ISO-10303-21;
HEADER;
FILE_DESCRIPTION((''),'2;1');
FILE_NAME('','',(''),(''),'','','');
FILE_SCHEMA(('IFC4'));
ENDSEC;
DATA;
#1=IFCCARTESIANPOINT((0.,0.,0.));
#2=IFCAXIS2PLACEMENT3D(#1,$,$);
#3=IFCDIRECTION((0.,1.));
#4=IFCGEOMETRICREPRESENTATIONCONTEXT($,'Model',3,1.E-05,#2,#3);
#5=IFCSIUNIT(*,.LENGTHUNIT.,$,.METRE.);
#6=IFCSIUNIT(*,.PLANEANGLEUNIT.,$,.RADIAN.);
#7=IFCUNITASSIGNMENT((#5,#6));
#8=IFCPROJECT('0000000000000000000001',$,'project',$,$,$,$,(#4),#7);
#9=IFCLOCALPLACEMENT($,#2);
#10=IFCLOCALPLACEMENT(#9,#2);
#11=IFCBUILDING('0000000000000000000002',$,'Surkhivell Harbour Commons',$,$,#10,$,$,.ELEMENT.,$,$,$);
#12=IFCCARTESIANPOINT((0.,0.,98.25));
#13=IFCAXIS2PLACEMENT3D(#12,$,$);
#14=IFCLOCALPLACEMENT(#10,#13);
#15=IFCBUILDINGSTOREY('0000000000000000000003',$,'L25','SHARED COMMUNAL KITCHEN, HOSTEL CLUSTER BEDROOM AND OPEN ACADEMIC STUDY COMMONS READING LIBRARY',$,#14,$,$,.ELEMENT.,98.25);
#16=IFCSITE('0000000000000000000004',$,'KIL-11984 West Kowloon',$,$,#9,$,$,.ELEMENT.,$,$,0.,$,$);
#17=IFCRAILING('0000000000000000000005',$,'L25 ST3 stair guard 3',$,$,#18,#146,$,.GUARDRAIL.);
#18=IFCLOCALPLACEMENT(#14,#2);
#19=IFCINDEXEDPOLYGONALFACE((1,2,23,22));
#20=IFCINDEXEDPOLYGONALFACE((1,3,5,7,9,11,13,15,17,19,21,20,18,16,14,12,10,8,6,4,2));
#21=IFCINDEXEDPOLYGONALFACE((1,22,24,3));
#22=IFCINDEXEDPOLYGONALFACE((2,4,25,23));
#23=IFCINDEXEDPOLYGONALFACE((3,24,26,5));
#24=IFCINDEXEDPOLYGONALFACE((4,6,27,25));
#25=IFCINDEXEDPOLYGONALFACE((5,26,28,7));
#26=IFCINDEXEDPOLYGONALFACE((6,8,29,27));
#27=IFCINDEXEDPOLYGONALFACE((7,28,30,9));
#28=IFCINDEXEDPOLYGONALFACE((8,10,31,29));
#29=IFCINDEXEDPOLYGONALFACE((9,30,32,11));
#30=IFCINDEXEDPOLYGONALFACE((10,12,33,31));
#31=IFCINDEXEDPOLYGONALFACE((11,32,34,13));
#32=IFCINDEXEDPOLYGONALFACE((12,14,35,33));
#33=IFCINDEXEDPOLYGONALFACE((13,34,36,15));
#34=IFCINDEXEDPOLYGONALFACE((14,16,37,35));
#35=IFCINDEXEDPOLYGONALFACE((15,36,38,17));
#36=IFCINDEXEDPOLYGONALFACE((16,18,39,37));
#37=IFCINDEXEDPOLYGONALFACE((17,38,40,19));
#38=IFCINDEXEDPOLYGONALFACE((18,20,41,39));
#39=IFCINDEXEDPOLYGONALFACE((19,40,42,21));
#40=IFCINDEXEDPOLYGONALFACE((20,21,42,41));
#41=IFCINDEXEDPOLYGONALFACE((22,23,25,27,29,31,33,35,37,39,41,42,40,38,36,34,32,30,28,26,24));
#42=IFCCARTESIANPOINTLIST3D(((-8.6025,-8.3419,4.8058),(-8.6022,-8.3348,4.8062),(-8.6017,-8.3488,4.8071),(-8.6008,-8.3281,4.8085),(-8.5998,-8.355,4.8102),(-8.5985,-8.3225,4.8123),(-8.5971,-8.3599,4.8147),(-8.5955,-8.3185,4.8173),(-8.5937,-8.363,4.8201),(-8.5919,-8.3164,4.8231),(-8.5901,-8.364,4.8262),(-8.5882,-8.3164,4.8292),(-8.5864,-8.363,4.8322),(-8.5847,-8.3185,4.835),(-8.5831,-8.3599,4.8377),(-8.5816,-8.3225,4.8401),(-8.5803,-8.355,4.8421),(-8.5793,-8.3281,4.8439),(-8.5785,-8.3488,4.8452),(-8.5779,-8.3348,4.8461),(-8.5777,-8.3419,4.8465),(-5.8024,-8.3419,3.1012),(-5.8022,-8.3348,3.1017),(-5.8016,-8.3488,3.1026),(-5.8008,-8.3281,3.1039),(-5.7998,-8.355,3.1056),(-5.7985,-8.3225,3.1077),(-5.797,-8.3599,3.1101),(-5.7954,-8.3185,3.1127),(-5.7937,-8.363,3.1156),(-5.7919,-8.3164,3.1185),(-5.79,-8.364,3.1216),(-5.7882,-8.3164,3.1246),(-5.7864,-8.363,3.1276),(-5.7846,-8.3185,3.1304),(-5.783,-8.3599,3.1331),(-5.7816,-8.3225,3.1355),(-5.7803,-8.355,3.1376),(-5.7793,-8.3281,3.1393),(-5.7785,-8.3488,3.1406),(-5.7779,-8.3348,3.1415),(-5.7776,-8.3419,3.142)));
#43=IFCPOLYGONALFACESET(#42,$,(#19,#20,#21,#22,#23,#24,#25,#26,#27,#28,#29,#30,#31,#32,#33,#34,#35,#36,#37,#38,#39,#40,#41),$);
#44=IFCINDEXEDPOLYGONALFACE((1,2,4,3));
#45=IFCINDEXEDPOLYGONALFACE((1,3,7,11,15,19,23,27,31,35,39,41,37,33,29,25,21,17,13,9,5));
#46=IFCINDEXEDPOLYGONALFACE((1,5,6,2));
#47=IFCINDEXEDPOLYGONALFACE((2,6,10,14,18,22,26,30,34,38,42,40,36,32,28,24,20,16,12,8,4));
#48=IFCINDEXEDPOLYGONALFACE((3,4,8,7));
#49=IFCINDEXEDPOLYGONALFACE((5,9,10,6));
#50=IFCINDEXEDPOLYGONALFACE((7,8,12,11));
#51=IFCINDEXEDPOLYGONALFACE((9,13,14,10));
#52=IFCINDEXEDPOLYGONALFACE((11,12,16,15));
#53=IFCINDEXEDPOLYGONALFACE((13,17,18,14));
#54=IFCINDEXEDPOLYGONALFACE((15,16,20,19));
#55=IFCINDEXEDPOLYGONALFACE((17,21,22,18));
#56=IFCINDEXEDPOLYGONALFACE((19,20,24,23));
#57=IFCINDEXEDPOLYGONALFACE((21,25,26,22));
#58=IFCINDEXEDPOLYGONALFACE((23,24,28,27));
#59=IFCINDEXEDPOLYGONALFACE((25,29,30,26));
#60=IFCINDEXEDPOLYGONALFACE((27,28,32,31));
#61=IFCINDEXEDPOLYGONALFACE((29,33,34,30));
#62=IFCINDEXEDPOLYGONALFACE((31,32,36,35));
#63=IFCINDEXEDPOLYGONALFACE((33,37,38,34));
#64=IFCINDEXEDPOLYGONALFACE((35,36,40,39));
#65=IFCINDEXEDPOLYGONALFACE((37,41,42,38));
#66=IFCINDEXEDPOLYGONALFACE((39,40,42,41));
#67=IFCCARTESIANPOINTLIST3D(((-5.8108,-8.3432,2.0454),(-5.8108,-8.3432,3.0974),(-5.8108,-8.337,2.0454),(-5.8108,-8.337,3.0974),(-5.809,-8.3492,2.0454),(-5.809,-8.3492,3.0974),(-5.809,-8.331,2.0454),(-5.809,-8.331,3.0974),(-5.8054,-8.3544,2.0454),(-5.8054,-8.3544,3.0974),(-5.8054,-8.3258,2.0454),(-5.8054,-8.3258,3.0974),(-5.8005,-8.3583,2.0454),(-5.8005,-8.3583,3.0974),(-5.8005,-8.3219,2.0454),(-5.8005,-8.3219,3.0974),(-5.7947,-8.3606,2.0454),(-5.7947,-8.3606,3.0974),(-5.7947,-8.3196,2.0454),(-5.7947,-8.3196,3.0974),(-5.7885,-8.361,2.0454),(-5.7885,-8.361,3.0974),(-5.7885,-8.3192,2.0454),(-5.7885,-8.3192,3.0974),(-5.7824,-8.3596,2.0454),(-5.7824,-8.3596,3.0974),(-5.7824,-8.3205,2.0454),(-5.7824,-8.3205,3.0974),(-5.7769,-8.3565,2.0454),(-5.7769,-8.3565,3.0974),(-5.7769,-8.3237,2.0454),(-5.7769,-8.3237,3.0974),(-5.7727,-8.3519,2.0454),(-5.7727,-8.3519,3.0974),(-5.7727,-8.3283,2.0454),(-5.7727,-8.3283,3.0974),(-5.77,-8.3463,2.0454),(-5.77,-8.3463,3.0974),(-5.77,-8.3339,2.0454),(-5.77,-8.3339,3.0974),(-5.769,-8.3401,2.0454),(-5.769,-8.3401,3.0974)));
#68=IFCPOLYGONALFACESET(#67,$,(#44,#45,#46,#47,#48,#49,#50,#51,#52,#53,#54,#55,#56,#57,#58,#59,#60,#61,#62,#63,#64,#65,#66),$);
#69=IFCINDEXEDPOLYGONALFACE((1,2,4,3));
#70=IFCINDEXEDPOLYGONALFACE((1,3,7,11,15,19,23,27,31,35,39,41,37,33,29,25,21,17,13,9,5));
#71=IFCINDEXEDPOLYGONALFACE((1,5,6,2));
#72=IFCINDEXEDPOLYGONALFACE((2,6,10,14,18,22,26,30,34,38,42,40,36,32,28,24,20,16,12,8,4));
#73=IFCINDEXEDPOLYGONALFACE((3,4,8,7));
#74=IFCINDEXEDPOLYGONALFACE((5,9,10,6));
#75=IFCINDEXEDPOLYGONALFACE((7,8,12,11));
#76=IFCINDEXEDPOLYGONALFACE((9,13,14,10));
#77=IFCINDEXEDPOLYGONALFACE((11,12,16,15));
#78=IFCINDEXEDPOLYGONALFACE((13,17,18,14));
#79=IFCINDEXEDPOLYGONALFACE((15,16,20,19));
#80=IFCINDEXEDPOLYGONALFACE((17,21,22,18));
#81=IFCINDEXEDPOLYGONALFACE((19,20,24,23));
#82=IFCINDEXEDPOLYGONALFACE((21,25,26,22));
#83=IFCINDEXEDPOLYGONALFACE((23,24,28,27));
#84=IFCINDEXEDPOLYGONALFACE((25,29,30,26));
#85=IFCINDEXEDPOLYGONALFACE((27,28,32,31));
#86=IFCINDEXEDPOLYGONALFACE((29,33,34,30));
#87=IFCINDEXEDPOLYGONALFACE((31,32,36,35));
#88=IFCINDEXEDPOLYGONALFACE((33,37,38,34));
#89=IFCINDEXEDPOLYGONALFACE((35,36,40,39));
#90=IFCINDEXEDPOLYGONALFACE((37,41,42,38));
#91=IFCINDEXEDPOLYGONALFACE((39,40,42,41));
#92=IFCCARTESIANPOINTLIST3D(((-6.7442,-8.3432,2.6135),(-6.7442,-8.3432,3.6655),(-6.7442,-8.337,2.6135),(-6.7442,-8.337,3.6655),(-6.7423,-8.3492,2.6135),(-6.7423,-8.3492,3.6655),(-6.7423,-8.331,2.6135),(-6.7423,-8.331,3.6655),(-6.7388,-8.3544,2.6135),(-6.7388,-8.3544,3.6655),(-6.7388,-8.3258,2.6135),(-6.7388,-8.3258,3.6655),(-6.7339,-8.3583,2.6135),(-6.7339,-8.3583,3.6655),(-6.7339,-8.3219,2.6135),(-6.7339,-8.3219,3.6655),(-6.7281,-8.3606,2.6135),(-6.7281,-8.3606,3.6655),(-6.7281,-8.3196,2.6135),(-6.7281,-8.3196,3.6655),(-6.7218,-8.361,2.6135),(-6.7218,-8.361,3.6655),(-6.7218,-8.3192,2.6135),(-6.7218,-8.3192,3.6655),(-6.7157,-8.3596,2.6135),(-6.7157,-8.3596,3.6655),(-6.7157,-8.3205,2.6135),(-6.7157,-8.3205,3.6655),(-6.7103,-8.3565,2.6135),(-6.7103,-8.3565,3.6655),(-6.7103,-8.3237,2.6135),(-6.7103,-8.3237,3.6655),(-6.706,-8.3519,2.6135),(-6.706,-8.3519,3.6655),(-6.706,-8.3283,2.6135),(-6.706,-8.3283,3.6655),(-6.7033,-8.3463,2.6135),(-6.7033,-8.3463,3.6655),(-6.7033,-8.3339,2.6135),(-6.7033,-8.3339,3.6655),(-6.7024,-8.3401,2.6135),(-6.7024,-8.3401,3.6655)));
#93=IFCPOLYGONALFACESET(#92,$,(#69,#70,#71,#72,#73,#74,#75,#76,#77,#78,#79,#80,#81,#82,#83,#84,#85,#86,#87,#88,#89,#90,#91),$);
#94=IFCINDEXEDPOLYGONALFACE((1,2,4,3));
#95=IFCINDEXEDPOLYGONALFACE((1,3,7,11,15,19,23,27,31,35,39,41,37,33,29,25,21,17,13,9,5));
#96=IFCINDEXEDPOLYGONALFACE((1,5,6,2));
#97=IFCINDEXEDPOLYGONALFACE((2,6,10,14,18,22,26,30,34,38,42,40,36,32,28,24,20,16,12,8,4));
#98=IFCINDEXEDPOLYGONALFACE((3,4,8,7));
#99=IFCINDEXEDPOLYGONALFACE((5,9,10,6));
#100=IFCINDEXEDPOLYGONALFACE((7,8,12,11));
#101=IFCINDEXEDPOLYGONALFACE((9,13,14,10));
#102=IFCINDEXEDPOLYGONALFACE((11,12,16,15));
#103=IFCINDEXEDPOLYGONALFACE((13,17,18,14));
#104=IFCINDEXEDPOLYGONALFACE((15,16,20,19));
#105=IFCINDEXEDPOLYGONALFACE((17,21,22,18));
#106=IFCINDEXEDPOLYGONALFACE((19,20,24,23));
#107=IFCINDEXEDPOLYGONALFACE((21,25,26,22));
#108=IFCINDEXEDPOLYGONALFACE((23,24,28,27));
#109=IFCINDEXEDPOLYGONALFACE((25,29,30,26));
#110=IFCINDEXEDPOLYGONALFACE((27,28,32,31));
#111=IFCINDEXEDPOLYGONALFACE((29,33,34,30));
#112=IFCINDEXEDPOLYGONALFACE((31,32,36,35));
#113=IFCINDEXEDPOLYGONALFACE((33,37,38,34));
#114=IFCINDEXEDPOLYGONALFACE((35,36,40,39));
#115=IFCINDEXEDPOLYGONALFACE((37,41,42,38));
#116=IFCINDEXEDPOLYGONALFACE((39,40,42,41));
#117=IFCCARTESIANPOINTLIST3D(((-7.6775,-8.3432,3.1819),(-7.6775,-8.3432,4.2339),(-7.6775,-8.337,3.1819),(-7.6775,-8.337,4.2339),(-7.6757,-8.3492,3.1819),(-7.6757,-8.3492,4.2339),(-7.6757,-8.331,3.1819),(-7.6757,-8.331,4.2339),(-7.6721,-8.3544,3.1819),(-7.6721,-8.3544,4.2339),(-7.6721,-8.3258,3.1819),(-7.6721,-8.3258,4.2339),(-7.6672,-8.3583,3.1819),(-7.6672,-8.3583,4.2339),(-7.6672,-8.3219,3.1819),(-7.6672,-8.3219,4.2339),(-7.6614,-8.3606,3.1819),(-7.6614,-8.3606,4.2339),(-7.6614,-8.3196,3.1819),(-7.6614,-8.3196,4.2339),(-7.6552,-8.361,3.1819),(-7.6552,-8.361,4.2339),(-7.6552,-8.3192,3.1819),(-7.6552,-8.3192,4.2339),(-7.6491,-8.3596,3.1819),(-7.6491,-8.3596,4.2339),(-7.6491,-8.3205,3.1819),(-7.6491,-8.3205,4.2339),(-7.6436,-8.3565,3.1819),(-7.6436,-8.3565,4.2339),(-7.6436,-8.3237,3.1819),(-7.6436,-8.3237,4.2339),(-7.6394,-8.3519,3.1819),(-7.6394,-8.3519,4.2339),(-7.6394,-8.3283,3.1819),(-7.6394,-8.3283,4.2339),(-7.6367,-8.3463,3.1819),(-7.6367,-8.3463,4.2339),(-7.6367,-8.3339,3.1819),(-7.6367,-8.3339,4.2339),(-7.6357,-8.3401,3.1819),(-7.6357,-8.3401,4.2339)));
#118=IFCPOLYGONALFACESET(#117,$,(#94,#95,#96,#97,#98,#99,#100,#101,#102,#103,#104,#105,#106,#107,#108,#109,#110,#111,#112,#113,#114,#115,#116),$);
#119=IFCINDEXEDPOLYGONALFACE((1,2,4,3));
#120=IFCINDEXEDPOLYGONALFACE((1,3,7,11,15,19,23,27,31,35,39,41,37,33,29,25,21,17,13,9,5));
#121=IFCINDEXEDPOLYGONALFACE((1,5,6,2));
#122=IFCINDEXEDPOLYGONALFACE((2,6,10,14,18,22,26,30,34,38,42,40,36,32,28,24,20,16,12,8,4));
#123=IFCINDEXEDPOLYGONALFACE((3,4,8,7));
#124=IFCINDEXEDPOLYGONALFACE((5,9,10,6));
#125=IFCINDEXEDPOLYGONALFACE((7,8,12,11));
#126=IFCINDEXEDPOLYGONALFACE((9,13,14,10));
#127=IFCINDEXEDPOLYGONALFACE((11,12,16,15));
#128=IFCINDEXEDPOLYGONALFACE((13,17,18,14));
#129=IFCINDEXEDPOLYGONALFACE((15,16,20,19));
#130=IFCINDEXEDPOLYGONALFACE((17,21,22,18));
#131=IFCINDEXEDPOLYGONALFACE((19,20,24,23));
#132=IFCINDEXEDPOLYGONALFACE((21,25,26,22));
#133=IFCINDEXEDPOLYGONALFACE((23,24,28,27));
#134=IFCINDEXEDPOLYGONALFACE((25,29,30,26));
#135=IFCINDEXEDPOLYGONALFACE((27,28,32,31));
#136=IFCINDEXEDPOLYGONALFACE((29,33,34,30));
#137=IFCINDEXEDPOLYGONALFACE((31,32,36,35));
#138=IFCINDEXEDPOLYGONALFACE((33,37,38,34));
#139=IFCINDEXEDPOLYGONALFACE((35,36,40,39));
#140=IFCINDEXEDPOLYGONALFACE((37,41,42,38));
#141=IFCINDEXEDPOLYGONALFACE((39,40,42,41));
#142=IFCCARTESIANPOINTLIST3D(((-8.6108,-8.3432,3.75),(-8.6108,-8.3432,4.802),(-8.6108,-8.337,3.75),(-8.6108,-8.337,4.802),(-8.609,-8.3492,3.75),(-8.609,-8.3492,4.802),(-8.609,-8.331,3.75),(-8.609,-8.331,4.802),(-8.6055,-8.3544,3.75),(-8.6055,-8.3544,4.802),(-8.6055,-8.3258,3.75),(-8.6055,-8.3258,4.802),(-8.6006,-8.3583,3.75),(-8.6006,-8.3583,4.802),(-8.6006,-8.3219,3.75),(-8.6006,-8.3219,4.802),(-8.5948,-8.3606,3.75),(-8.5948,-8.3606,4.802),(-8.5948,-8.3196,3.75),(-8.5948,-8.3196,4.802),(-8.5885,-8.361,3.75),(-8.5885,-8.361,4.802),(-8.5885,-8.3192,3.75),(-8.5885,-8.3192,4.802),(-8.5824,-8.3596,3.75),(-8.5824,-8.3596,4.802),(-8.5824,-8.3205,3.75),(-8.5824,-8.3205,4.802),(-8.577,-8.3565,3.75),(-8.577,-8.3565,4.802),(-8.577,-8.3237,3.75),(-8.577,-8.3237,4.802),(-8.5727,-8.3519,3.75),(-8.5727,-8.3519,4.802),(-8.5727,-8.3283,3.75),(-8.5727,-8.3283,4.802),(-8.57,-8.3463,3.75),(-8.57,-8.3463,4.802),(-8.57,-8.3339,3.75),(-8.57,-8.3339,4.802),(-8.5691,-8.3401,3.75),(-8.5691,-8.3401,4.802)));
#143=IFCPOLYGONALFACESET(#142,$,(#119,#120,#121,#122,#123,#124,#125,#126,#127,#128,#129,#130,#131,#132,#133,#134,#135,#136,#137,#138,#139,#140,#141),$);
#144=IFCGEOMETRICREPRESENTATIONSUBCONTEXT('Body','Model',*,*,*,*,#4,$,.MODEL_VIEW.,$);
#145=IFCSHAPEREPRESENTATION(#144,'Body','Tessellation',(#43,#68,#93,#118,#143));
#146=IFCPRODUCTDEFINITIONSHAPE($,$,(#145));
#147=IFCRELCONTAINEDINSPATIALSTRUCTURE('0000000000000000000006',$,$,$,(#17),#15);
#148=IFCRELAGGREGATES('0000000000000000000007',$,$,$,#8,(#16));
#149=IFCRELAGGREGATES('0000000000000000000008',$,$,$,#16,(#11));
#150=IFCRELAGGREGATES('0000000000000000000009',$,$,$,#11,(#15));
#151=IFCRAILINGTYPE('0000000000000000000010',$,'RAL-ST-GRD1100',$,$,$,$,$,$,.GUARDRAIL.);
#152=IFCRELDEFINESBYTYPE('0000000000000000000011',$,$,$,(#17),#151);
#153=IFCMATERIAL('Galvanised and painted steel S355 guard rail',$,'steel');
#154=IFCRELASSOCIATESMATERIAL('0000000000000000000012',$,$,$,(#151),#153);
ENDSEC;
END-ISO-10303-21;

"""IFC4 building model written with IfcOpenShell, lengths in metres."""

from ifc_helpers import new_model, si_unit, direction, frame, origin, origin_2d, place, context, subcontext, project, spatial, circle, extrude, material, type_object, element, save


model = new_model("IFC4")

# Units and contexts
model_context = context("Model", 3, precision=1e-05, world=origin(), true_north=direction((0.0, 1.0)))
body_context = subcontext(model_context, "Body", "Model", "MODEL_VIEW")
ifc_project = project(units=[si_unit("LENGTHUNIT", "METRE"), si_unit("PLANEANGLEUNIT", "RADIAN")], contexts=[model_context])

# Site, building, storey
site_placement = place(None, origin())
site = spatial("IfcSite", under=ifc_project, at=site_placement, Name="KIL-11984 West Kowloon", CompositionType="ELEMENT", RefElevation=0.0)
building_placement = place(site_placement, origin())
building = spatial("IfcBuilding", under=site, at=building_placement, Name="Surkhivell Harbour Commons", CompositionType="ELEMENT")
storey_placement = place(building_placement, frame((0.0, 0.0, 98.25)))
storey = spatial("IfcBuildingStorey", under=building, at=storey_placement, Name="L25", Description="SHARED COMMUNAL KITCHEN, HOSTEL CLUSTER BEDROOM AND OPEN ACADEMIC STUDY COMMONS READING LIBRARY", CompositionType="ELEMENT", Elevation=98.25)

# Railing
ifc_material_1 = material(Name="Galvanised and painted steel S355 guard rail", Category="steel")
railing_type_1 = type_object("IfcRailingType", Name="RAL-ST-GRD1100", PredefinedType="GUARDRAIL", material=ifc_material_1)
railing_1_placement = place(storey_placement, frame((-5.79, -8.3401, 2.0454)))
element("IfcRailing", 1, at=railing_1_placement, inside=storey, type_object=railing_type_1, Name="L25 ST3 stair guard 3", PredefinedType="GUARDRAIL", context=body_context, shape_type="SweptSolid", body=[
    extrude(circle(Radius=0.0239, at=origin_2d()), frame((0.0, 0.0, 1.0762), z_axis=(-0.85417, 0.0, 0.519994), x_axis=(0.0, -1.0, 0.0)), (0.0, 0.0, 1.0), 3.2781),
    extrude(circle(Radius=0.021, at=origin_2d()), origin(), (0.0, 0.0, 1.0), 1.052),
    extrude(circle(Radius=0.021, at=origin_2d()), frame((-0.9333, 0.0, 0.5681)), (0.0, 0.0, 1.0), 1.052),
    extrude(circle(Radius=0.021, at=origin_2d()), frame((-1.8667, 0.0, 1.1365)), (0.0, 0.0, 1.0), 1.052),
    extrude(circle(Radius=0.021, at=origin_2d()), frame((-2.8, 0.0, 1.7046)), (0.0, 0.0, 1.0), 1.052),
])

save(model, "model.ifc")
